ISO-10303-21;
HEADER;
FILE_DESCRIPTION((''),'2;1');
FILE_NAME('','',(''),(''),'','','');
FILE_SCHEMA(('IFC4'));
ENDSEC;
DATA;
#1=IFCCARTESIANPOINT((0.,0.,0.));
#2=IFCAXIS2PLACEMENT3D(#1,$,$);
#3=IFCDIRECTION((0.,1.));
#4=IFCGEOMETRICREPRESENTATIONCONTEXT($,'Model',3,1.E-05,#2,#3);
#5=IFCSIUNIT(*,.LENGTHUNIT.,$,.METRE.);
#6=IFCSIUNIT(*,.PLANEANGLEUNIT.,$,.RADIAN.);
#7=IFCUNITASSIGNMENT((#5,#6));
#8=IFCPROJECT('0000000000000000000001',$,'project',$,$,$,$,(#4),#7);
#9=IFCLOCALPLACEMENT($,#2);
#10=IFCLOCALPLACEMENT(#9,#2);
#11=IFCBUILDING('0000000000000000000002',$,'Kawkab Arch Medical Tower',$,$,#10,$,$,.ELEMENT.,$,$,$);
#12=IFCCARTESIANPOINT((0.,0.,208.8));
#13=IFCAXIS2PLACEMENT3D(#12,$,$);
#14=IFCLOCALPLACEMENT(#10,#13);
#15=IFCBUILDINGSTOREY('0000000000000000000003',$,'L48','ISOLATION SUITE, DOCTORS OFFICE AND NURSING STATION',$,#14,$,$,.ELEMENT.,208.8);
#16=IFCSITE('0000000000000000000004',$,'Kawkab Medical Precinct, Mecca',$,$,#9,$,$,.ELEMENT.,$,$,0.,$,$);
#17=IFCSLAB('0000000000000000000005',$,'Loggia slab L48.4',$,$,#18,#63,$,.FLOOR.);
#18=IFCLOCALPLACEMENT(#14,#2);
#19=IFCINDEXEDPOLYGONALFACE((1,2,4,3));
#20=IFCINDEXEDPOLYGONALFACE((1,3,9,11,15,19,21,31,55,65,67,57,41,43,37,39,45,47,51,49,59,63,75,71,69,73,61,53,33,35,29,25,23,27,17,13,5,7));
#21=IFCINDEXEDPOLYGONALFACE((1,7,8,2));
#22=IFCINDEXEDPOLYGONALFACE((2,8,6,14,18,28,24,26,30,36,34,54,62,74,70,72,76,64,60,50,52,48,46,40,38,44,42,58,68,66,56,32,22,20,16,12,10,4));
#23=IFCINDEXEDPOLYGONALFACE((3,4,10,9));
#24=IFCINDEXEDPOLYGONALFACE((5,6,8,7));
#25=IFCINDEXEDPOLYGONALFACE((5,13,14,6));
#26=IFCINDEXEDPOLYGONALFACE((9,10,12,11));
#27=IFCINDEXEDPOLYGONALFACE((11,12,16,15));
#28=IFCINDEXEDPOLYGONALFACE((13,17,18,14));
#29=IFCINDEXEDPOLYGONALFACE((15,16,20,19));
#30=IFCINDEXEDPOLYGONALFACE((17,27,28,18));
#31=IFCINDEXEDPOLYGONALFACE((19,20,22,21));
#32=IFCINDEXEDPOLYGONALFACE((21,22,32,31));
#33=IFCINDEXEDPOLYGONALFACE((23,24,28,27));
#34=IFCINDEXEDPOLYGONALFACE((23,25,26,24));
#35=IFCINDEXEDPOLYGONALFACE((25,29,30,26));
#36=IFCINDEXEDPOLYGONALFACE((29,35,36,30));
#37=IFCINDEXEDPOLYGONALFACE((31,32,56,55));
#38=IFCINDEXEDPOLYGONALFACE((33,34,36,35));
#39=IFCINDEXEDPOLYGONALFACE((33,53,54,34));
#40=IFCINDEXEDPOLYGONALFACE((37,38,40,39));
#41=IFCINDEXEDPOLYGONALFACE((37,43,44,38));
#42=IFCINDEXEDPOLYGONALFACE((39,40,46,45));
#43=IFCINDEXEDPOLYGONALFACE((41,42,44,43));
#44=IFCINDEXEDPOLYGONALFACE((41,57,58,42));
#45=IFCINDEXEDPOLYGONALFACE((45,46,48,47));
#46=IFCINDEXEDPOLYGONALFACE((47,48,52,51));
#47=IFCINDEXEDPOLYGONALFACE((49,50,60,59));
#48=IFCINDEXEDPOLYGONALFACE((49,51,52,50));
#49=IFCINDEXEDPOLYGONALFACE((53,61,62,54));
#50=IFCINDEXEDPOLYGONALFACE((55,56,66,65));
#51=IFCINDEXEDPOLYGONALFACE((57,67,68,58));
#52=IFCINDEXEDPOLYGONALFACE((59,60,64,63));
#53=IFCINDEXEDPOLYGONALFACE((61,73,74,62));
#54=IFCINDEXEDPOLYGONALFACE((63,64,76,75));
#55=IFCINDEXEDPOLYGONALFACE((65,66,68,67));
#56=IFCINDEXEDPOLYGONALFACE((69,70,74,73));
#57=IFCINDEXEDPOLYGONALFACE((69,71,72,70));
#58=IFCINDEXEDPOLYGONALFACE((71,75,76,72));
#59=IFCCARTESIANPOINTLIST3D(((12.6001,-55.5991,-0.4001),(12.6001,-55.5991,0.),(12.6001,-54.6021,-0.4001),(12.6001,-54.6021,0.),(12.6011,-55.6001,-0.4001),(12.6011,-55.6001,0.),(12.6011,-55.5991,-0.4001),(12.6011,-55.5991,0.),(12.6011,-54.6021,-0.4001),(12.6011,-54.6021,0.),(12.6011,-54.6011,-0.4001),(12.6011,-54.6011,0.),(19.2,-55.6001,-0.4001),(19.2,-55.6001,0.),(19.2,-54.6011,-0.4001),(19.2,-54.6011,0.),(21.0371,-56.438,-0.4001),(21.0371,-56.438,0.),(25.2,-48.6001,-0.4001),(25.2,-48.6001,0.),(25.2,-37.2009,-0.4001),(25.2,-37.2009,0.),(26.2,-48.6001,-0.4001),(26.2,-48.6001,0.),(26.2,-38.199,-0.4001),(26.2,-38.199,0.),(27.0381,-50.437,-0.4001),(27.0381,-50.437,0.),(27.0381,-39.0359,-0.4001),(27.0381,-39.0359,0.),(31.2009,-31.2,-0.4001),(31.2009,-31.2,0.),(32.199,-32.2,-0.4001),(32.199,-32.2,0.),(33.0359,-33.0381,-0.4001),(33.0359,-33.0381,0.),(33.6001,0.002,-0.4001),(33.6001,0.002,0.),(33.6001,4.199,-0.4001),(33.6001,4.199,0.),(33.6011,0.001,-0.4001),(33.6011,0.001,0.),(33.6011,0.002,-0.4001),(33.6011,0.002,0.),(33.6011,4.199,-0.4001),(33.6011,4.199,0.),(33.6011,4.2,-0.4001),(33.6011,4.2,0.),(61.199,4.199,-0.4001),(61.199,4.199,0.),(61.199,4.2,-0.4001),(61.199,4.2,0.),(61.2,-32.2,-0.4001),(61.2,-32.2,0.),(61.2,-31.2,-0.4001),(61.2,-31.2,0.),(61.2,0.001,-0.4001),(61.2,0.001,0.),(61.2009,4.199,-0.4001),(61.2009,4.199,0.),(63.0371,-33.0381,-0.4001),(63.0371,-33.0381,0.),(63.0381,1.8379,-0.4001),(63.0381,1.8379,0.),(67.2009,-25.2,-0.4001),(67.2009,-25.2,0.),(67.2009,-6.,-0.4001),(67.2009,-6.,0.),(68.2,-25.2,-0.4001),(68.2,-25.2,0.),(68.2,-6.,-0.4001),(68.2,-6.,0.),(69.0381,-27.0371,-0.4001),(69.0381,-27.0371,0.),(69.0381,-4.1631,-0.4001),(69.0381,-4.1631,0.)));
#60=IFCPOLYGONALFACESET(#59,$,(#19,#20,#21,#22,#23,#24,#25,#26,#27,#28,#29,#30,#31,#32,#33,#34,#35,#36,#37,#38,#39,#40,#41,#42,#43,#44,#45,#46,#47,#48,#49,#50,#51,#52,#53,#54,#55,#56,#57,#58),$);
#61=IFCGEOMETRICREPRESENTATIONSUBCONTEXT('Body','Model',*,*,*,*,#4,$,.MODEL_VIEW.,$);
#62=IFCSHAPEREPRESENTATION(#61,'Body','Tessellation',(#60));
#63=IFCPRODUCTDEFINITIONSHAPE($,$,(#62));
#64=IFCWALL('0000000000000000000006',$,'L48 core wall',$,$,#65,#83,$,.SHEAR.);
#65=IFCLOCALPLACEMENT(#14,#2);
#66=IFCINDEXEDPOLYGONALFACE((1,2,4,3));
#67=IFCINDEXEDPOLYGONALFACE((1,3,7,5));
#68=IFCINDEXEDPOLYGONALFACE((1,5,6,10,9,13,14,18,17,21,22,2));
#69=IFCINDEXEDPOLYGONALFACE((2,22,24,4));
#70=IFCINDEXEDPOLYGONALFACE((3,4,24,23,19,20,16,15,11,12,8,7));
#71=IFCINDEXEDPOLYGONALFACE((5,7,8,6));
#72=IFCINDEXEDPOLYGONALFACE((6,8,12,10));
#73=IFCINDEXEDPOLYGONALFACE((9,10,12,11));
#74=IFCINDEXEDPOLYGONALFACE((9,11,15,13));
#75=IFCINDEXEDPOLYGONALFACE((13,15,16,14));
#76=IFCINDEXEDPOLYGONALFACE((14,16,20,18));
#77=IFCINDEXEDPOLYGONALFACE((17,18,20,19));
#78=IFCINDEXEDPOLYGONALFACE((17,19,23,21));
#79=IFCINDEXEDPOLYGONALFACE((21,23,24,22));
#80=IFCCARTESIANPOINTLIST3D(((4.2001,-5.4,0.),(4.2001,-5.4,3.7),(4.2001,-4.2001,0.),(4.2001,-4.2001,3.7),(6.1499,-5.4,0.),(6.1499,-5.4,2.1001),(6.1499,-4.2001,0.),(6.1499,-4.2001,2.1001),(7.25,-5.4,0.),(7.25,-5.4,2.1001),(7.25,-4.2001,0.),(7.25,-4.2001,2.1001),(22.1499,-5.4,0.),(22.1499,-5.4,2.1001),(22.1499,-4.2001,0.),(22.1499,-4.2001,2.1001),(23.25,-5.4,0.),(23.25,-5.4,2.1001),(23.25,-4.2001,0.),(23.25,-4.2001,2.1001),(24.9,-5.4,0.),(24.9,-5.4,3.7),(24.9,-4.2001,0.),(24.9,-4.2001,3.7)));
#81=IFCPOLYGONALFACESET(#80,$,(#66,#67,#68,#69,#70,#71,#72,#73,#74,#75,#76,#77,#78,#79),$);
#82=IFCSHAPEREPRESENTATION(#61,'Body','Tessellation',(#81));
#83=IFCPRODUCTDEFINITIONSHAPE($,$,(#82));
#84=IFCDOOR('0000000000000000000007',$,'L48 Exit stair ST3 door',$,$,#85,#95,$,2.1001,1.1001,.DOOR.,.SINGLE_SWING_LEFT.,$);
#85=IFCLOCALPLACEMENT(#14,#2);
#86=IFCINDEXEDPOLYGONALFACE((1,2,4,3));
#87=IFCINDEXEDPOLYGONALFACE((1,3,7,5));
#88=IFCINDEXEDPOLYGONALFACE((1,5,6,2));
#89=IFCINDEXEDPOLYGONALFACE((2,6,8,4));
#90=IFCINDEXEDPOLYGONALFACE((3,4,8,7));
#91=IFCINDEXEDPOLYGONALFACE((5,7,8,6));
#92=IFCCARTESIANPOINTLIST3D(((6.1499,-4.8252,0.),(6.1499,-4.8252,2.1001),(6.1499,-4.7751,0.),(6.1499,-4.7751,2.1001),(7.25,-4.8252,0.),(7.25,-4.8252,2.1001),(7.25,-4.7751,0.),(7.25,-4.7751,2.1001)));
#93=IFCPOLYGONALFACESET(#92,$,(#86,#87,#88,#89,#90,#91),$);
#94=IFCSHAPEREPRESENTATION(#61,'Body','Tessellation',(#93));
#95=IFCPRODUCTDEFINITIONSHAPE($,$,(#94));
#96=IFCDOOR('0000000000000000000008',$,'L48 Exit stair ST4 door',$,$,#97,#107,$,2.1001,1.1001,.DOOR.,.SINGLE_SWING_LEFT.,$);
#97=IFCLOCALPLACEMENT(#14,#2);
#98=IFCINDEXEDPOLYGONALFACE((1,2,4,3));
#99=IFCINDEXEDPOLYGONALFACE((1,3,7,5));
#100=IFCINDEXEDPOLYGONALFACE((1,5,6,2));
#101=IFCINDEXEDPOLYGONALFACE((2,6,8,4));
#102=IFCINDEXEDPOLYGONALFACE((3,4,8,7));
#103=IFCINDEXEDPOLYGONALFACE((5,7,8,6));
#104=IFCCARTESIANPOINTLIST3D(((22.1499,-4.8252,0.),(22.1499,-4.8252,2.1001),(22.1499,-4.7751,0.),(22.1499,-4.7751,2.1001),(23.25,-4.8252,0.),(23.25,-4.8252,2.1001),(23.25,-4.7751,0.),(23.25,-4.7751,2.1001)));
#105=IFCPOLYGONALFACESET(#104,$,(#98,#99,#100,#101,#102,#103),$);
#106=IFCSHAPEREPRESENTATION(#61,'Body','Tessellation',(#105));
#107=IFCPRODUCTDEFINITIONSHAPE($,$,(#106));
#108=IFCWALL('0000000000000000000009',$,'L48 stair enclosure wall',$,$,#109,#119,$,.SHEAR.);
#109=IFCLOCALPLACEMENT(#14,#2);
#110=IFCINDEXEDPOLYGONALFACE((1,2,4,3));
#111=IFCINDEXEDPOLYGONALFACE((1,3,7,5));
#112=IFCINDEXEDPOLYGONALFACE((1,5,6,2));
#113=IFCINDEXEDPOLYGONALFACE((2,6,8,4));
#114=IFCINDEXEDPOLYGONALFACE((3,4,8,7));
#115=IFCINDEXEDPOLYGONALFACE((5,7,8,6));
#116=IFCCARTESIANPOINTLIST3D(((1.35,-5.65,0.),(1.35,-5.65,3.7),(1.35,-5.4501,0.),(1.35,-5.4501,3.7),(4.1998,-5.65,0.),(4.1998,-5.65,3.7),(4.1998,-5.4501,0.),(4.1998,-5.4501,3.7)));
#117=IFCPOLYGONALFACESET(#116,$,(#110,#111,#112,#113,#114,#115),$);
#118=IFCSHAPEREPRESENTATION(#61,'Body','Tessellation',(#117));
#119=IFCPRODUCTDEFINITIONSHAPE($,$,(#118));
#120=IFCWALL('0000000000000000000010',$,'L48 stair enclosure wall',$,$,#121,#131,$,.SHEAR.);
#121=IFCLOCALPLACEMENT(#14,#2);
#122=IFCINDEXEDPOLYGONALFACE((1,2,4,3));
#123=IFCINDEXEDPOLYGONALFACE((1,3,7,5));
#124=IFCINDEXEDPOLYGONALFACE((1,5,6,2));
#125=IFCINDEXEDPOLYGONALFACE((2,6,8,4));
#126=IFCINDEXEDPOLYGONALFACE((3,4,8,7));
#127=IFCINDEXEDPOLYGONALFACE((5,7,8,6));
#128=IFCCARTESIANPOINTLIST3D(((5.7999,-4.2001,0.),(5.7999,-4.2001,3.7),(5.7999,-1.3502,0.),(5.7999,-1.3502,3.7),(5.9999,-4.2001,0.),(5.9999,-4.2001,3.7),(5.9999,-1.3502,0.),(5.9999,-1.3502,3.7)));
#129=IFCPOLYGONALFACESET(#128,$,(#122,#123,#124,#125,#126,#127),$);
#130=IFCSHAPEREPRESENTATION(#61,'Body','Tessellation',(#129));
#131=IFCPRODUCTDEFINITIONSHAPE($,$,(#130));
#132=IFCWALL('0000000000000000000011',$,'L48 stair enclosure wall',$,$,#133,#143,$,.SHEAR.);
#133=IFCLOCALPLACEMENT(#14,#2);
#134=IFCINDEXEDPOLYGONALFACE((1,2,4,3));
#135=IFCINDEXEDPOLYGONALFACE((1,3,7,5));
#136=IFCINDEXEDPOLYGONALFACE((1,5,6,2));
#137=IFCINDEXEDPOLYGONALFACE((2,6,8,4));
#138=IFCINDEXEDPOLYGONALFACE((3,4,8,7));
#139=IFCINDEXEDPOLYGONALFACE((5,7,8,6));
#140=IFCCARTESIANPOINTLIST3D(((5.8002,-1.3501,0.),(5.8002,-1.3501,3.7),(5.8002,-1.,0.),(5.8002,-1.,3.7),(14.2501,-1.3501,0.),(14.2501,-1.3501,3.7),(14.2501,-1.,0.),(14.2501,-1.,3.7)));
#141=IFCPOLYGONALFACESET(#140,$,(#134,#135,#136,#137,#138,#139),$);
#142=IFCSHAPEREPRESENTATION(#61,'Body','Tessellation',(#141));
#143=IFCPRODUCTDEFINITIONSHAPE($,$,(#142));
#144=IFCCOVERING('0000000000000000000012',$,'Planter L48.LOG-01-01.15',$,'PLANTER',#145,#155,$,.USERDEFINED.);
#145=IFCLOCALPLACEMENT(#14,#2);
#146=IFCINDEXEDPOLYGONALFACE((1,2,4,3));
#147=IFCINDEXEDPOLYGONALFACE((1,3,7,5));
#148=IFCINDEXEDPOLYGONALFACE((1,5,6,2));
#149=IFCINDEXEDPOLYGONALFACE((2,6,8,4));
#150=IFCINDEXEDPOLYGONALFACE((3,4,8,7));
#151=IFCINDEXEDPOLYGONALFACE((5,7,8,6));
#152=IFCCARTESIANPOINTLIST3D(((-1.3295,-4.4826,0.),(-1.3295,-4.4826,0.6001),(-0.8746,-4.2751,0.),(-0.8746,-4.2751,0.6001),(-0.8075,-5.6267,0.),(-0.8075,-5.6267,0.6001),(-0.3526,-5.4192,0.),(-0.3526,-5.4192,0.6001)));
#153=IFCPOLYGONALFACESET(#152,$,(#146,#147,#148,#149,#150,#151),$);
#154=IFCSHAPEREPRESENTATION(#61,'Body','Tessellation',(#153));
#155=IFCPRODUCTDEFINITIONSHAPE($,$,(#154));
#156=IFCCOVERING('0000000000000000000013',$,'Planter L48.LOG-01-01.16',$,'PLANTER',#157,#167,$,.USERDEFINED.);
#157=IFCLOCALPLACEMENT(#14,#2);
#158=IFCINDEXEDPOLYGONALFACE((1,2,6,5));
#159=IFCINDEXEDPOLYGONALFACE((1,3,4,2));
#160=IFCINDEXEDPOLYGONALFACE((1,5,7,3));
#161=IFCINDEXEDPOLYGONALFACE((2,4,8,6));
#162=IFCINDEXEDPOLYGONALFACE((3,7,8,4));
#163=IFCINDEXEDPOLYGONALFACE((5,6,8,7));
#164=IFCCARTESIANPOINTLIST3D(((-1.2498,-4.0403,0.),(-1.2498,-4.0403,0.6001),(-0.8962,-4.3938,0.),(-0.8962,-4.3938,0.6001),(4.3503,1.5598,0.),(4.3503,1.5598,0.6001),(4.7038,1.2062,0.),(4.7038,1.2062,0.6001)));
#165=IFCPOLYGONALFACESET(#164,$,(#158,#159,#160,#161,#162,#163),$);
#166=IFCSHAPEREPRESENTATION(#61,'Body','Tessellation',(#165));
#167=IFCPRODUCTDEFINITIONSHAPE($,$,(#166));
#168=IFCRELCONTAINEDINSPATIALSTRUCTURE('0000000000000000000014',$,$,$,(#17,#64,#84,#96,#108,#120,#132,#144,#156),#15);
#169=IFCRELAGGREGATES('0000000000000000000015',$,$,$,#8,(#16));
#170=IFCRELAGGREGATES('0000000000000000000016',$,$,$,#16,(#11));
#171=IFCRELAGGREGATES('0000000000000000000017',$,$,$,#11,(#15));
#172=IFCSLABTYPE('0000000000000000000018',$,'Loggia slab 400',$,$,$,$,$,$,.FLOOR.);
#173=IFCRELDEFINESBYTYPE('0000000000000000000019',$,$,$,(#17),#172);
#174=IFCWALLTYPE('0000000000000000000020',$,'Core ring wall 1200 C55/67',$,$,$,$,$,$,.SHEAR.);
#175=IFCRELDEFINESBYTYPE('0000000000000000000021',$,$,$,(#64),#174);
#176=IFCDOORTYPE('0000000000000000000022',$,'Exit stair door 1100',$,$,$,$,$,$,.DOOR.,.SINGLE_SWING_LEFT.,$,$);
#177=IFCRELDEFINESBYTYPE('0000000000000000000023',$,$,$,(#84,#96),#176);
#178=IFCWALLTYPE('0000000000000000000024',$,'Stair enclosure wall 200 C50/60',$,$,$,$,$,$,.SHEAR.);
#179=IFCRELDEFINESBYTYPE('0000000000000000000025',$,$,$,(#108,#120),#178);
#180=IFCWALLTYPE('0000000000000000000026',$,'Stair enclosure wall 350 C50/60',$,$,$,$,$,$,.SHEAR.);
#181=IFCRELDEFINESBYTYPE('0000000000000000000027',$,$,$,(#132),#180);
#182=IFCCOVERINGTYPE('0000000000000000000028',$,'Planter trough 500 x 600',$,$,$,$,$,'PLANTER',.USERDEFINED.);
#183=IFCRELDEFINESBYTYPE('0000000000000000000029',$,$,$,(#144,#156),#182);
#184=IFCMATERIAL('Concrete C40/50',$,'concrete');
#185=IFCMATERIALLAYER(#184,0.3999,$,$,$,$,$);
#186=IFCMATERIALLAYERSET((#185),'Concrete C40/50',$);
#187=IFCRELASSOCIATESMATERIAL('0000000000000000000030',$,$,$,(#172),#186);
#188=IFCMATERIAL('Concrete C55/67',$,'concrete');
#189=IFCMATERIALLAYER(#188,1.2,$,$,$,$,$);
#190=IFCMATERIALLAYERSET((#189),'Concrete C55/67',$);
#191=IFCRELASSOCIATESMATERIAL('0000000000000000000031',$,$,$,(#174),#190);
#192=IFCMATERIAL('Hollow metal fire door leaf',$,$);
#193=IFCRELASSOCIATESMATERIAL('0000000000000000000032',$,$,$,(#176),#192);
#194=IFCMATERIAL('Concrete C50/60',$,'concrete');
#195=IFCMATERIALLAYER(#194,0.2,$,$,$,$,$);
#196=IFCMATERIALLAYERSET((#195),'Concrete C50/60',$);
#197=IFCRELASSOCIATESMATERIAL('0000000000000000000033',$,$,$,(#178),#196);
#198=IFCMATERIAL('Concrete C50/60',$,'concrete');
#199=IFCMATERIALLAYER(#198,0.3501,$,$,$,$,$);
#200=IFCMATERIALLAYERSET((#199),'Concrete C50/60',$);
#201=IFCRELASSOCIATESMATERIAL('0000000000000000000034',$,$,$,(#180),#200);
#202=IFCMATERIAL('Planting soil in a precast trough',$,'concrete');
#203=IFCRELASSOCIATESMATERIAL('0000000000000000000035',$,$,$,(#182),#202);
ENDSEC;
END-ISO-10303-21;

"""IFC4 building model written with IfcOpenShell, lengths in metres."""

from ifc_helpers import new_model, si_unit, direction, frame, frame_2d, origin, origin_2d, place, context, subcontext, project, spatial, polyline, rectangle, outline, extrude, material, layer, layer_set, material_profile, profile_set, type_object, element, fill, save


model = new_model("IFC4")

# Units and contexts
model_context = context("Model", 3, precision=1e-05, world=origin(), true_north=direction((0.0, 1.0)))
body_context = subcontext(model_context, "Body", "Model", "MODEL_VIEW")
ifc_project = project(units=[si_unit("LENGTHUNIT", "METRE"), si_unit("PLANEANGLEUNIT", "RADIAN")], contexts=[model_context])

# Site, building, storey
site_placement = place(None, origin())
site = spatial("IfcSite", under=ifc_project, at=site_placement, Name="Kawkab Medical Precinct, Mecca", CompositionType="ELEMENT", RefElevation=0.0)
building_placement = place(site_placement, origin())
building = spatial("IfcBuilding", under=site, at=building_placement, Name="Kawkab Arch Medical Tower", CompositionType="ELEMENT")
storey_placement = place(building_placement, frame((0.0, 0.0, 208.8)))
storey = spatial("IfcBuildingStorey", under=building, at=storey_placement, Name="L48", Description="ISOLATION SUITE, DOCTORS OFFICE AND NURSING STATION", CompositionType="ELEMENT", Elevation=208.8)

# Slab
ifc_material_1 = material(Name="Concrete C40/50", Category="concrete")
ifc_layer_1 = layer(ifc_material_1, 0.3999)
ifc_layer_set_1 = layer_set([ifc_layer_1], Name="Concrete C40/50")
slab_type_1 = type_object("IfcSlabType", Name="Loggia slab 400", PredefinedType="FLOOR", material=ifc_layer_set_1)
placement_1 = place(storey_placement, frame((0.0, 0.0, -0.4001)))
element("IfcSlab", 1, at=placement_1, inside=storey, type_object=slab_type_1, Name="Loggia slab L48.4", PredefinedType="FLOOR", context=body_context, shape_type="SweptSolid", body=[
    extrude(outline(polyline([(12.6011, -55.6001), (12.6011, -55.5991), (12.6001, -55.5991), (12.6001, -54.6021), (12.6011, -54.6021), (12.6011, -54.6011), (19.2, -54.6011), (25.2, -48.6001), (25.2, -37.2009), (31.2009, -31.2), (61.2, -31.2), (67.2009, -25.2), (67.2009, -6.0), (61.2, 0.001), (33.6011, 0.001), (33.6011, 0.002), (33.6001, 0.002), (33.6001, 4.199), (33.6011, 4.199), (33.6011, 4.2), (61.199, 4.2), (61.199, 4.199), (61.2009, 4.199), (63.0381, 1.8379), (69.0381, -4.1631), (68.2, -6.0), (68.2, -25.2), (69.0381, -27.0371), (63.0371, -33.0381), (61.2, -32.2), (32.199, -32.2), (33.0359, -33.0381), (27.0381, -39.0359), (26.2, -38.199), (26.2, -48.6001), (27.0381, -50.437), (21.0371, -56.438), (19.2, -55.6001), (12.6011, -55.6001)])), origin(), (0.0, 0.0, 1.0), 0.4001),
])

# Wall, openings, doors
ifc_material_2 = material(Name="Concrete C55/67", Category="concrete")
ifc_layer_2 = layer(ifc_material_2, 1.2)
ifc_layer_set_2 = layer_set([ifc_layer_2], Name="Concrete C55/67")
wall_type_1 = type_object("IfcWallType", Name="Core ring wall 1200 C55/67", PredefinedType="SHEAR", material=ifc_layer_set_2)
wall_1_placement = place(storey_placement, frame((4.2, -4.8, 0.0), z_axis=(0.0, 0.0, 1.0), x_axis=(1.0, 0.0, 0.0)))
wall_1 = element("IfcWall", 2, at=wall_1_placement, inside=storey, type_object=wall_type_1, Name="L48 core wall", PredefinedType="SHEAR", context=body_context, shape_type="SweptSolid", body=[
    extrude(rectangle(XDim=20.7, YDim=1.2, at=frame_2d((10.3501, 0.0))), origin(), (0.0, 0.0, 1.0), 3.7),
])
opening_1_placement = place(wall_1_placement, frame((1.95, 0.0, 0.0)))
opening_1 = element("IfcOpeningElement", 3, at=opening_1_placement, cuts=wall_1, PredefinedType="OPENING", context=body_context, shape_type="SweptSolid", body=[
    extrude(rectangle(XDim=1.1001, YDim=2.1001, at=frame_2d((0.55, 1.05))), frame((0.0, 0.6099, 0.0), z_axis=(0.0, -1.0, 0.0), x_axis=(1.0, 0.0, 0.0)), (0.0, 0.0, 1.0), 1.22),
])
opening_2_placement = place(wall_1_placement, frame((17.95, 0.0, 0.0)))
opening_2 = element("IfcOpeningElement", 4, at=opening_2_placement, cuts=wall_1, PredefinedType="OPENING", context=body_context, shape_type="SweptSolid", body=[
    extrude(rectangle(XDim=1.1001, YDim=2.1001, at=frame_2d((0.55, 1.05))), frame((0.0, 0.6099, 0.0), z_axis=(0.0, -1.0, 0.0), x_axis=(1.0, 0.0, 0.0)), (0.0, 0.0, 1.0), 1.22),
])
ifc_material_3 = material(Name="Hollow metal fire door leaf")
door_type = type_object("IfcDoorType", Name="Exit stair door 1100", OperationType="SINGLE_SWING_LEFT", PredefinedType="DOOR", material=ifc_material_3)
door_1_placement = place(opening_1_placement, origin())
door_1 = element("IfcDoor", 5, at=door_1_placement, inside=storey, type_object=door_type, Name="L48 Exit stair ST3 door", OperationType="SINGLE_SWING_LEFT", OverallHeight=2.1001, OverallWidth=1.1001, PredefinedType="DOOR", context=body_context, shape_type="SweptSolid", body=[
    extrude(rectangle(XDim=1.1001, YDim=2.1001, at=frame_2d((0.55, 1.05))), frame((0.0, 0.0249, 0.0), z_axis=(0.0, -1.0, 0.0), x_axis=(1.0, 0.0, 0.0)), (0.0, 0.0, 1.0), 0.05),
])
fill(opening_1, door_1)
door_2_placement = place(opening_2_placement, origin())
door_2 = element("IfcDoor", 6, at=door_2_placement, inside=storey, type_object=door_type, Name="L48 Exit stair ST4 door", OperationType="SINGLE_SWING_LEFT", OverallHeight=2.1001, OverallWidth=1.1001, PredefinedType="DOOR", context=body_context, shape_type="SweptSolid", body=[
    extrude(rectangle(XDim=1.1001, YDim=2.1001, at=frame_2d((0.55, 1.05))), frame((0.0, 0.0249, 0.0), z_axis=(0.0, -1.0, 0.0), x_axis=(1.0, 0.0, 0.0)), (0.0, 0.0, 1.0), 0.05),
])
fill(opening_2, door_2)

# Walls
ifc_material_4 = material(Name="Concrete C50/60", Category="concrete")
ifc_layer_3 = layer(ifc_material_4, 0.2)
ifc_layer_set_3 = layer_set([ifc_layer_3], Name="Concrete C50/60")
wall_type_2 = type_object("IfcWallType", Name="Stair enclosure wall 200 C50/60", PredefinedType="SHEAR", material=ifc_layer_set_3)
for number, where, z_axis, x_axis, name in (
    (7, (1.3501, -5.55, 0.0), (0.0, 0.0, 1.0), (1.0, 0.0, 0.0), "L48 stair enclosure wall"),
    (8, (5.8999, -4.2, 0.0), (0.0, 0.0, 1.0), (0.0, 1.0, 0.0), "L48 stair enclosure wall"),
):
    element("IfcWall", number, at=place(storey_placement, frame(where, z_axis=z_axis, x_axis=x_axis)), inside=storey, type_object=wall_type_2, Name=name, PredefinedType="SHEAR", context=body_context, shape_type="SweptSolid", body=[
        extrude(rectangle(XDim=2.8499, YDim=0.2, at=frame_2d((1.4248, 0.0))), origin(), (0.0, 0.0, 1.0), 3.7),
    ])
ifc_material_5 = material(Name="Concrete C50/60", Category="concrete")
ifc_layer_4 = layer(ifc_material_5, 0.3501)
ifc_layer_set_4 = layer_set([ifc_layer_4], Name="Concrete C50/60")
wall_type_3 = type_object("IfcWallType", Name="Stair enclosure wall 350 C50/60", PredefinedType="SHEAR", material=ifc_layer_set_4)
wall_2_placement = place(storey_placement, frame((5.8, -1.175, 0.0), z_axis=(0.0, 0.0, 1.0), x_axis=(1.0, 0.0, 0.0)))
element("IfcWall", 9, at=wall_2_placement, inside=storey, type_object=wall_type_3, Name="L48 stair enclosure wall", PredefinedType="SHEAR", context=body_context, shape_type="SweptSolid", body=[
    extrude(rectangle(XDim=8.45, YDim=0.3501, at=frame_2d((4.2251, 0.0))), origin(), (0.0, 0.0, 1.0), 3.7),
])

# Coverings
ifc_material_6 = material(Name="Planting soil in a precast trough", Category="concrete")
ifc_material_profile_1 = material_profile(ifc_material_6, rectangle(XDim=0.5, YDim=0.6001, at=origin_2d()), Name="Trough 500x600")
ifc_profile_set_1 = profile_set([ifc_material_profile_1], Name="Planting soil in a precast trough")
covering_type = type_object("IfcCoveringType", Name="Planter trough 500 x 600", ElementType="PLANTER", PredefinedType="USERDEFINED", material=ifc_profile_set_1)
covering_1_placement = place(storey_placement, frame((-0.5801, -5.5229, 0.3), z_axis=(-0.41509, 0.90978, 0.0), x_axis=(-0.90978, -0.41509, 0.0)))
element("IfcCovering", 10, at=covering_1_placement, inside=storey, type_object=covering_type, Name="Planter L48.LOG-01-01.15", ObjectType="PLANTER", PredefinedType="USERDEFINED", context=body_context, shape_type="SweptSolid", body=[
    extrude(rectangle(XDim=0.5, YDim=0.6001, at=origin_2d()), origin(), (0.0, 0.0, 1.0), 1.2576),
])
covering_2_placement = place(storey_placement, frame((-1.073, -4.217, 0.3), z_axis=(0.707107, 0.707107, 0.0), x_axis=(-0.707107, 0.707107, 0.0)))
element("IfcCovering", 11, at=covering_2_placement, inside=storey, type_object=covering_type, Name="Planter L48.LOG-01-01.16", ObjectType="PLANTER", PredefinedType="USERDEFINED", context=body_context, shape_type="SweptSolid", body=[
    extrude(rectangle(XDim=0.5, YDim=0.6001, at=origin_2d()), origin(), (0.0, 0.0, 1.0), 7.9197),
])

save(model, "model.ifc")
